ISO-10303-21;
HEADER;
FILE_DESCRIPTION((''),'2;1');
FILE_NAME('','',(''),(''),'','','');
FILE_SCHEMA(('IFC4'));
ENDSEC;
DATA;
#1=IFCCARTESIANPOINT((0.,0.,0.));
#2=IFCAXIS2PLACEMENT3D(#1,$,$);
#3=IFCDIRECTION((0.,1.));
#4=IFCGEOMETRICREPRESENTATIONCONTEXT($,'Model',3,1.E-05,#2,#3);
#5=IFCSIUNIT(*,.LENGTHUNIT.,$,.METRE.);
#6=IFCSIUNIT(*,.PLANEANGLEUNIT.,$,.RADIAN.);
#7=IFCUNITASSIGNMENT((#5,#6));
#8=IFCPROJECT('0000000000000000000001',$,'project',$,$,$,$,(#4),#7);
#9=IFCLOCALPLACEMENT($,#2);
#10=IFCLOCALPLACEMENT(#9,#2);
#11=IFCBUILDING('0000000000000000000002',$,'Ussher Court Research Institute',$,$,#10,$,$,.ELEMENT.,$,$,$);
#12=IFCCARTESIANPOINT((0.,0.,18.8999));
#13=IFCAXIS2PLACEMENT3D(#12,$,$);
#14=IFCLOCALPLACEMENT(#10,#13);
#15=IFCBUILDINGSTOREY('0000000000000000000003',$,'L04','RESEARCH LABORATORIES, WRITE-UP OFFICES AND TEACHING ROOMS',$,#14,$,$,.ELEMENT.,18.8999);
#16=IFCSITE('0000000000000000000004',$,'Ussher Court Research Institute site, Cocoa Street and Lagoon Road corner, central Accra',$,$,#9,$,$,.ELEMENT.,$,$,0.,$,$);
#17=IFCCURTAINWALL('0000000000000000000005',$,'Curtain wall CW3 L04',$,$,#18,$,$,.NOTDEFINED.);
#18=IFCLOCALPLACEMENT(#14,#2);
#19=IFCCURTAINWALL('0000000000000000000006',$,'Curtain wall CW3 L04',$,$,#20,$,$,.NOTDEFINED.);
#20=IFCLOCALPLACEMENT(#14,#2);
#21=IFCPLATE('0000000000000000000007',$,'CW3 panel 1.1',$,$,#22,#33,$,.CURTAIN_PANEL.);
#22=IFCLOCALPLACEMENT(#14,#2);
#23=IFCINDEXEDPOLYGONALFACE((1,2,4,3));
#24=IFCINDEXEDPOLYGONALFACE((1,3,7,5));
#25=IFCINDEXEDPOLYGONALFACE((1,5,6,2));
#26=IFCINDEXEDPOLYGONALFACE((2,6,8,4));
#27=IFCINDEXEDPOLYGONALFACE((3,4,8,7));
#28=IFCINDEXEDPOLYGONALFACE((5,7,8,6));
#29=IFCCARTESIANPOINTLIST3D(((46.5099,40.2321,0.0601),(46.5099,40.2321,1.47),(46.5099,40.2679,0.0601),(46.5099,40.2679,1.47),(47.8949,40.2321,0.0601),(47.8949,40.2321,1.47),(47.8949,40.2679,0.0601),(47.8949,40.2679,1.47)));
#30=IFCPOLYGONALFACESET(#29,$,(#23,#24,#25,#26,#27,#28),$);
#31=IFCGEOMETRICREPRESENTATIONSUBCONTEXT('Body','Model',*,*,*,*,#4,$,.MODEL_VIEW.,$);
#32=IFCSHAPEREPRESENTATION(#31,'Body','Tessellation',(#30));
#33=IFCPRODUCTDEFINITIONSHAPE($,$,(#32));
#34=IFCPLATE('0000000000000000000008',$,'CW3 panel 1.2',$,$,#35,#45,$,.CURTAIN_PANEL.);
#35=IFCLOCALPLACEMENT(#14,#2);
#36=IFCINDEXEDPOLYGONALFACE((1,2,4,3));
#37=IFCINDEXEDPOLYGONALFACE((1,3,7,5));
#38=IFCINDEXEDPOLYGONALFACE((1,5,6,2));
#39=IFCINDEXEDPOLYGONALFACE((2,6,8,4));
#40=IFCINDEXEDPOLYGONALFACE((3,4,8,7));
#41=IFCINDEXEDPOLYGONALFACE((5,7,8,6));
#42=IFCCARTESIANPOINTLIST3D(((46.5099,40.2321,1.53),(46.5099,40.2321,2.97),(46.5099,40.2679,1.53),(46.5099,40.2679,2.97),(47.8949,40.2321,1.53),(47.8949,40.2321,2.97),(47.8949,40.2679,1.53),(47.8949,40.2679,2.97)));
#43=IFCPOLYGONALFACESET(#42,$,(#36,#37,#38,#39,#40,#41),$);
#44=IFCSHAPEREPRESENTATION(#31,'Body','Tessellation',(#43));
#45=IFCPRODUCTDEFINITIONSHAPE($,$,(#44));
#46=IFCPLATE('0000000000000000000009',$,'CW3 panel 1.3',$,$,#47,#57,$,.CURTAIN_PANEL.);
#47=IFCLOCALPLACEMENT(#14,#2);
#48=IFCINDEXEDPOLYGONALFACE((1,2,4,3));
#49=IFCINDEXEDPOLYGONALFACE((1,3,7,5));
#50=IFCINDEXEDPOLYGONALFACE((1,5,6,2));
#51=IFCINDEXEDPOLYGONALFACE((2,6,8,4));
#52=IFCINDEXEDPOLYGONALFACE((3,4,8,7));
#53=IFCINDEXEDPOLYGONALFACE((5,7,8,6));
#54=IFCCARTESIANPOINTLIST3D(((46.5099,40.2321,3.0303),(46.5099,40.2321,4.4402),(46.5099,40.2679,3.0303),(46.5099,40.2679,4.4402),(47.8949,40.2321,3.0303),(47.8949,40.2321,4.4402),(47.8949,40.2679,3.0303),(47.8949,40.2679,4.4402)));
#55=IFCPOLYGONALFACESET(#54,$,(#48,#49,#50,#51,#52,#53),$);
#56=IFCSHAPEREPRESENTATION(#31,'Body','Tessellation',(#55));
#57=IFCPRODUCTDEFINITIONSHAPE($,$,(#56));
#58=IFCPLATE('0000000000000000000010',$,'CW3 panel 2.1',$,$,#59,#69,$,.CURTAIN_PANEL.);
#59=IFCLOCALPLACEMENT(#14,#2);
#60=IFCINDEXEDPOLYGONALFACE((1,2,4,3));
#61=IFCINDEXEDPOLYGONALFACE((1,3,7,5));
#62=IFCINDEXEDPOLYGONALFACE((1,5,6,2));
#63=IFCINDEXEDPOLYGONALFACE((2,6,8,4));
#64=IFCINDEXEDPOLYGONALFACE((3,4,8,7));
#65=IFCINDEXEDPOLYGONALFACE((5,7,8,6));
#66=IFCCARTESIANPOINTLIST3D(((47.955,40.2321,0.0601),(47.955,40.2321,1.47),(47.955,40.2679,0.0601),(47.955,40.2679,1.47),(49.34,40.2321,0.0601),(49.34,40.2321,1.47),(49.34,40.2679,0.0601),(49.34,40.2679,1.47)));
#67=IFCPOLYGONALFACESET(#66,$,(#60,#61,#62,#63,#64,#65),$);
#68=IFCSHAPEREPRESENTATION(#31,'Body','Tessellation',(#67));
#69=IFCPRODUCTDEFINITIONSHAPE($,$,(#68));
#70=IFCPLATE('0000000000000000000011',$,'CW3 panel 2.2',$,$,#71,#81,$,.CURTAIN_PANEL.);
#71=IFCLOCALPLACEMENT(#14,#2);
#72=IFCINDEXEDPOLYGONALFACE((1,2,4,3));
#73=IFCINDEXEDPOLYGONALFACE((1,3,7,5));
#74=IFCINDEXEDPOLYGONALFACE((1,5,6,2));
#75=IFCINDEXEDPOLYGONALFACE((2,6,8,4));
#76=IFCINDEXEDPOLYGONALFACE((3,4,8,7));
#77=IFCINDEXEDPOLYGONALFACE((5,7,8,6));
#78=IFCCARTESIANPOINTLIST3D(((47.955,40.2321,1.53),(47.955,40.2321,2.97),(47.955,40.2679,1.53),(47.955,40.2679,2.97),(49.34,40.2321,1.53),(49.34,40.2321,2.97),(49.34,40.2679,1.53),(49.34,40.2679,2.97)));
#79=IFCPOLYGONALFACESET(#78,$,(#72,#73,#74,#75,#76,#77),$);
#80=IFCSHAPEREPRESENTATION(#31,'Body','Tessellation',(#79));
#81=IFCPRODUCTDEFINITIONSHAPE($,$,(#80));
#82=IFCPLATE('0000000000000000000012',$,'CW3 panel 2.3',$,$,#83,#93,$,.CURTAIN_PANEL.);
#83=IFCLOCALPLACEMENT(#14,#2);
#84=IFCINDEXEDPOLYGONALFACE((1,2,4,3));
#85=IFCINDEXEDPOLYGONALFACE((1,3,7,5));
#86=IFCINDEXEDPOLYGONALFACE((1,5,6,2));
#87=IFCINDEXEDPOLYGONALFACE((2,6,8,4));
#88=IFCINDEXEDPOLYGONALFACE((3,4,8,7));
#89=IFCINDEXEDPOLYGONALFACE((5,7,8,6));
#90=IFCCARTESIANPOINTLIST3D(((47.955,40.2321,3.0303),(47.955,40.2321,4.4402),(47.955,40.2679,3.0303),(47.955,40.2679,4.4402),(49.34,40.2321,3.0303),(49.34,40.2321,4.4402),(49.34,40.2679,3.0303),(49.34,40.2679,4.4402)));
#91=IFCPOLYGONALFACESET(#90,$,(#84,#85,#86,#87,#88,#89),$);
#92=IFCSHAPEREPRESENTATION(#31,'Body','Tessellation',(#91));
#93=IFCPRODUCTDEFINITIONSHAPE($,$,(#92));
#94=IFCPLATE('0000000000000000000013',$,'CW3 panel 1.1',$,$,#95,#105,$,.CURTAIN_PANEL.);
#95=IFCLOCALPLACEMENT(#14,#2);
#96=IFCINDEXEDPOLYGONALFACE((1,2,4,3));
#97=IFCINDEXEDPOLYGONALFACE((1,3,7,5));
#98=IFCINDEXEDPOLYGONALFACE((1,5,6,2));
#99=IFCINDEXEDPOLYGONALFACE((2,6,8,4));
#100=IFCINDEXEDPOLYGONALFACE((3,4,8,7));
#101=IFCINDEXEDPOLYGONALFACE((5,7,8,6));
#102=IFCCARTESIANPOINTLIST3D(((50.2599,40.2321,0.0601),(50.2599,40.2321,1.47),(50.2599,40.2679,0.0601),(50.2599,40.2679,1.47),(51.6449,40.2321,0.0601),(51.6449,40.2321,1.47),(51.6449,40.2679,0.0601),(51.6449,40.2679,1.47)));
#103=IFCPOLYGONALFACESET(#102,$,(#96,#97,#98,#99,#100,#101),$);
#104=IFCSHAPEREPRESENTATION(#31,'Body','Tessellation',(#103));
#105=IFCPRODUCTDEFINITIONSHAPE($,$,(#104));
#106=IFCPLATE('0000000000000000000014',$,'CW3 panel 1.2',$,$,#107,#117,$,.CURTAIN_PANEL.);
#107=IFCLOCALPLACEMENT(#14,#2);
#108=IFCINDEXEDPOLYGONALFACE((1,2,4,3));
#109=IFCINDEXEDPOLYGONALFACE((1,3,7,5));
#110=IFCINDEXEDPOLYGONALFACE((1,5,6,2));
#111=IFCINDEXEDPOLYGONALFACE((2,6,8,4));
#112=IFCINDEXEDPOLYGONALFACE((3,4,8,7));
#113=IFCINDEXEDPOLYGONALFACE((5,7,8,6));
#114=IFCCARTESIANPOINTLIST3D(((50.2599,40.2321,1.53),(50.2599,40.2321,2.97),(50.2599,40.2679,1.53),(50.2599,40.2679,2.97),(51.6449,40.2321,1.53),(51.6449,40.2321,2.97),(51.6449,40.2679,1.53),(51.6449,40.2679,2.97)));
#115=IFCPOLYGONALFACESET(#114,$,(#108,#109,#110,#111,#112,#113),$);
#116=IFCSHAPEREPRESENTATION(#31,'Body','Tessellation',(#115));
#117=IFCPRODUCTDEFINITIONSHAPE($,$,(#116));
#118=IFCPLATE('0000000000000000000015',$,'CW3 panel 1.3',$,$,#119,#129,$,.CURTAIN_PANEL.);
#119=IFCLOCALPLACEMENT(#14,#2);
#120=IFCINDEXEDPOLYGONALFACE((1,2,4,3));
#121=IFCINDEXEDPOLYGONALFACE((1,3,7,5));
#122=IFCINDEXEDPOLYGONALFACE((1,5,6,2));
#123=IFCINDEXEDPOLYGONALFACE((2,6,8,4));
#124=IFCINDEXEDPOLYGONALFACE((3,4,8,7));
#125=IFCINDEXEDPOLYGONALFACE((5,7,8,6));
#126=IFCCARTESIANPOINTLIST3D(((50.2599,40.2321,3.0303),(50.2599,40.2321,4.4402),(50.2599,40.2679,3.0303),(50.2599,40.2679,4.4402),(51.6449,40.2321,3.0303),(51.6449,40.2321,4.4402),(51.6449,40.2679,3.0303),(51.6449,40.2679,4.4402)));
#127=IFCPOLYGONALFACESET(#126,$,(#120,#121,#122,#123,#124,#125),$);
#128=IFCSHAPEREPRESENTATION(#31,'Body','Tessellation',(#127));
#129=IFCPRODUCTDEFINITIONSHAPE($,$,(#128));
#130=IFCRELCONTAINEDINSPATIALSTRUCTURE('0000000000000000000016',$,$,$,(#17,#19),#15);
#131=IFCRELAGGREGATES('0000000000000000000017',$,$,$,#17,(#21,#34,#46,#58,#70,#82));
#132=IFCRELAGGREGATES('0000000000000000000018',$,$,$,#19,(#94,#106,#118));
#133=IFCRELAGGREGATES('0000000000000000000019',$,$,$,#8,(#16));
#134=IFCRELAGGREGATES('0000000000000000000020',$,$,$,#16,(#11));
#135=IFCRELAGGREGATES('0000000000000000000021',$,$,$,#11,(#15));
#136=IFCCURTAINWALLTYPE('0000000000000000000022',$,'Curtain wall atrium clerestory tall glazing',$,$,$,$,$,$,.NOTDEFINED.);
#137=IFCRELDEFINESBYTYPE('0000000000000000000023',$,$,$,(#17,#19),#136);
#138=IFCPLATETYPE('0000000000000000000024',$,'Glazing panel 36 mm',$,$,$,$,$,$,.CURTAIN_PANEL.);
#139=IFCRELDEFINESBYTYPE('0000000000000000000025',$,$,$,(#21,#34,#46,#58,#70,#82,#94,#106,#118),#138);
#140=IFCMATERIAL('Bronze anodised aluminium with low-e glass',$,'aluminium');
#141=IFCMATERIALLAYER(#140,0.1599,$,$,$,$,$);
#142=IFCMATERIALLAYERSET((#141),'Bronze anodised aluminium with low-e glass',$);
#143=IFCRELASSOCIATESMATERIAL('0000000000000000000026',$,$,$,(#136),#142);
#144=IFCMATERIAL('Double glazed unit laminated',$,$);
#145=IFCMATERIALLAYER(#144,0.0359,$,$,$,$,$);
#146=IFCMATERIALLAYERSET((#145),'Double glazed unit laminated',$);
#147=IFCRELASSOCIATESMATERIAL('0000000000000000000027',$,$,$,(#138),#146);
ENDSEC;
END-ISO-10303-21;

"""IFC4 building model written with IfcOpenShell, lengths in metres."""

from ifc_helpers import new_model, si_unit, direction, frame, origin, origin_2d, place, context, subcontext, project, spatial, rectangle, extrude, material, layer, layer_set, type_object, element, aggregate, save


model = new_model("IFC4")

# Units and contexts
model_context = context("Model", 3, precision=1e-05, world=origin(), true_north=direction((0.0, 1.0)))
body_context = subcontext(model_context, "Body", "Model", "MODEL_VIEW")
ifc_project = project(units=[si_unit("LENGTHUNIT", "METRE"), si_unit("PLANEANGLEUNIT", "RADIAN")], contexts=[model_context])

# Site, building, storey
site_placement = place(None, origin())
site = spatial("IfcSite", under=ifc_project, at=site_placement, Name="Ussher Court Research Institute site, Cocoa Street and Lagoon Road corner, central Accra", CompositionType="ELEMENT", RefElevation=0.0)
building_placement = place(site_placement, origin())
building = spatial("IfcBuilding", under=site, at=building_placement, Name="Ussher Court Research Institute", CompositionType="ELEMENT")
storey_placement = place(building_placement, frame((0.0, 0.0, 18.8999)))
storey = spatial("IfcBuildingStorey", under=building, at=storey_placement, Name="L04", Description="RESEARCH LABORATORIES, WRITE-UP OFFICES AND TEACHING ROOMS", CompositionType="ELEMENT", Elevation=18.8999)

# Curtain wall
ifc_material_1 = material(Name="Bronze anodised aluminium with low-e glass", Category="aluminium")
ifc_layer_1 = layer(ifc_material_1, 0.1599)
ifc_layer_set_1 = layer_set([ifc_layer_1], Name="Bronze anodised aluminium with low-e glass")
curtain_wall_type = type_object("IfcCurtainWallType", Name="Curtain wall atrium clerestory tall glazing", PredefinedType="NOTDEFINED", material=ifc_layer_set_1)
curtain_wall_1_placement = place(storey_placement, origin())
curtain_wall_1 = element("IfcCurtainWall", 1, at=curtain_wall_1_placement, inside=storey, type_object=curtain_wall_type, Name="Curtain wall CW3 L04", PredefinedType="NOTDEFINED")

# Curtain wall
curtain_wall_2_placement = place(storey_placement, origin())
curtain_wall_2 = element("IfcCurtainWall", 2, at=curtain_wall_2_placement, inside=storey, type_object=curtain_wall_type, Name="Curtain wall CW3 L04", PredefinedType="NOTDEFINED")

# Plates
ifc_material_2 = material(Name="Double glazed unit laminated")
ifc_layer_2 = layer(ifc_material_2, 0.0359)
ifc_layer_set_2 = layer_set([ifc_layer_2], Name="Double glazed unit laminated")
plate_type = type_object("IfcPlateType", Name="Glazing panel 36 mm", PredefinedType="CURTAIN_PANEL", material=ifc_layer_set_2)
plate_1_placement = place(storey_placement, frame((47.2024, 40.25, 0.0601), z_axis=(0.0, 0.0, 1.0), x_axis=(1.0, 0.0, 0.0)))
plate_1 = element("IfcPlate", 3, at=plate_1_placement, type_object=plate_type, Name="CW3 panel 1.1", PredefinedType="CURTAIN_PANEL", context=body_context, shape_type="SweptSolid", body=[
    extrude(rectangle(XDim=1.385, YDim=0.0359, at=origin_2d()), origin(), (0.0, 0.0, 1.0), 1.4099),
])
plate_2_placement = place(storey_placement, frame((47.2024, 40.25, 1.53), z_axis=(0.0, 0.0, 1.0), x_axis=(1.0, 0.0, 0.0)))
plate_2 = element("IfcPlate", 4, at=plate_2_placement, type_object=plate_type, Name="CW3 panel 1.2", PredefinedType="CURTAIN_PANEL", context=body_context, shape_type="SweptSolid", body=[
    extrude(rectangle(XDim=1.385, YDim=0.0359, at=origin_2d()), origin(), (0.0, 0.0, 1.0), 1.4399),
])
plate_3_placement = place(storey_placement, frame((47.2024, 40.25, 3.0303), z_axis=(0.0, 0.0, 1.0), x_axis=(1.0, 0.0, 0.0)))
plate_3 = element("IfcPlate", 5, at=plate_3_placement, type_object=plate_type, Name="CW3 panel 1.3", PredefinedType="CURTAIN_PANEL", context=body_context, shape_type="SweptSolid", body=[
    extrude(rectangle(XDim=1.385, YDim=0.0359, at=origin_2d()), origin(), (0.0, 0.0, 1.0), 1.4099),
])
plate_4_placement = place(storey_placement, frame((48.6475, 40.25, 0.0601), z_axis=(0.0, 0.0, 1.0), x_axis=(1.0, 0.0, 0.0)))
plate_4 = element("IfcPlate", 6, at=plate_4_placement, type_object=plate_type, Name="CW3 panel 2.1", PredefinedType="CURTAIN_PANEL", context=body_context, shape_type="SweptSolid", body=[
    extrude(rectangle(XDim=1.385, YDim=0.0359, at=origin_2d()), origin(), (0.0, 0.0, 1.0), 1.4099),
])
plate_5_placement = place(storey_placement, frame((48.6475, 40.25, 1.53), z_axis=(0.0, 0.0, 1.0), x_axis=(1.0, 0.0, 0.0)))
plate_5 = element("IfcPlate", 7, at=plate_5_placement, type_object=plate_type, Name="CW3 panel 2.2", PredefinedType="CURTAIN_PANEL", context=body_context, shape_type="SweptSolid", body=[
    extrude(rectangle(XDim=1.385, YDim=0.0359, at=origin_2d()), origin(), (0.0, 0.0, 1.0), 1.4399),
])
plate_6_placement = place(storey_placement, frame((48.6475, 40.25, 3.0303), z_axis=(0.0, 0.0, 1.0), x_axis=(1.0, 0.0, 0.0)))
plate_6 = element("IfcPlate", 8, at=plate_6_placement, type_object=plate_type, Name="CW3 panel 2.3", PredefinedType="CURTAIN_PANEL", context=body_context, shape_type="SweptSolid", body=[
    extrude(rectangle(XDim=1.385, YDim=0.0359, at=origin_2d()), origin(), (0.0, 0.0, 1.0), 1.4099),
])
aggregate(curtain_wall_1, [plate_1, plate_2, plate_3, plate_4, plate_5, plate_6])
plate_7_placement = place(storey_placement, frame((50.9524, 40.25, 0.0601), z_axis=(0.0, 0.0, 1.0), x_axis=(1.0, 0.0, 0.0)))
plate_7 = element("IfcPlate", 9, at=plate_7_placement, type_object=plate_type, Name="CW3 panel 1.1", PredefinedType="CURTAIN_PANEL", context=body_context, shape_type="SweptSolid", body=[
    extrude(rectangle(XDim=1.385, YDim=0.0359, at=origin_2d()), origin(), (0.0, 0.0, 1.0), 1.4099),
])
plate_8_placement = place(storey_placement, frame((50.9524, 40.25, 1.53), z_axis=(0.0, 0.0, 1.0), x_axis=(1.0, 0.0, 0.0)))
plate_8 = element("IfcPlate", 10, at=plate_8_placement, type_object=plate_type, Name="CW3 panel 1.2", PredefinedType="CURTAIN_PANEL", context=body_context, shape_type="SweptSolid", body=[
    extrude(rectangle(XDim=1.385, YDim=0.0359, at=origin_2d()), origin(), (0.0, 0.0, 1.0), 1.4399),
])
plate_9_placement = place(storey_placement, frame((50.9524, 40.25, 3.0303), z_axis=(0.0, 0.0, 1.0), x_axis=(1.0, 0.0, 0.0)))
plate_9 = element("IfcPlate", 11, at=plate_9_placement, type_object=plate_type, Name="CW3 panel 1.3", PredefinedType="CURTAIN_PANEL", context=body_context, shape_type="SweptSolid", body=[
    extrude(rectangle(XDim=1.385, YDim=0.0359, at=origin_2d()), origin(), (0.0, 0.0, 1.0), 1.4099),
])
aggregate(curtain_wall_2, [plate_7, plate_8, plate_9])

save(model, "model.ifc")
